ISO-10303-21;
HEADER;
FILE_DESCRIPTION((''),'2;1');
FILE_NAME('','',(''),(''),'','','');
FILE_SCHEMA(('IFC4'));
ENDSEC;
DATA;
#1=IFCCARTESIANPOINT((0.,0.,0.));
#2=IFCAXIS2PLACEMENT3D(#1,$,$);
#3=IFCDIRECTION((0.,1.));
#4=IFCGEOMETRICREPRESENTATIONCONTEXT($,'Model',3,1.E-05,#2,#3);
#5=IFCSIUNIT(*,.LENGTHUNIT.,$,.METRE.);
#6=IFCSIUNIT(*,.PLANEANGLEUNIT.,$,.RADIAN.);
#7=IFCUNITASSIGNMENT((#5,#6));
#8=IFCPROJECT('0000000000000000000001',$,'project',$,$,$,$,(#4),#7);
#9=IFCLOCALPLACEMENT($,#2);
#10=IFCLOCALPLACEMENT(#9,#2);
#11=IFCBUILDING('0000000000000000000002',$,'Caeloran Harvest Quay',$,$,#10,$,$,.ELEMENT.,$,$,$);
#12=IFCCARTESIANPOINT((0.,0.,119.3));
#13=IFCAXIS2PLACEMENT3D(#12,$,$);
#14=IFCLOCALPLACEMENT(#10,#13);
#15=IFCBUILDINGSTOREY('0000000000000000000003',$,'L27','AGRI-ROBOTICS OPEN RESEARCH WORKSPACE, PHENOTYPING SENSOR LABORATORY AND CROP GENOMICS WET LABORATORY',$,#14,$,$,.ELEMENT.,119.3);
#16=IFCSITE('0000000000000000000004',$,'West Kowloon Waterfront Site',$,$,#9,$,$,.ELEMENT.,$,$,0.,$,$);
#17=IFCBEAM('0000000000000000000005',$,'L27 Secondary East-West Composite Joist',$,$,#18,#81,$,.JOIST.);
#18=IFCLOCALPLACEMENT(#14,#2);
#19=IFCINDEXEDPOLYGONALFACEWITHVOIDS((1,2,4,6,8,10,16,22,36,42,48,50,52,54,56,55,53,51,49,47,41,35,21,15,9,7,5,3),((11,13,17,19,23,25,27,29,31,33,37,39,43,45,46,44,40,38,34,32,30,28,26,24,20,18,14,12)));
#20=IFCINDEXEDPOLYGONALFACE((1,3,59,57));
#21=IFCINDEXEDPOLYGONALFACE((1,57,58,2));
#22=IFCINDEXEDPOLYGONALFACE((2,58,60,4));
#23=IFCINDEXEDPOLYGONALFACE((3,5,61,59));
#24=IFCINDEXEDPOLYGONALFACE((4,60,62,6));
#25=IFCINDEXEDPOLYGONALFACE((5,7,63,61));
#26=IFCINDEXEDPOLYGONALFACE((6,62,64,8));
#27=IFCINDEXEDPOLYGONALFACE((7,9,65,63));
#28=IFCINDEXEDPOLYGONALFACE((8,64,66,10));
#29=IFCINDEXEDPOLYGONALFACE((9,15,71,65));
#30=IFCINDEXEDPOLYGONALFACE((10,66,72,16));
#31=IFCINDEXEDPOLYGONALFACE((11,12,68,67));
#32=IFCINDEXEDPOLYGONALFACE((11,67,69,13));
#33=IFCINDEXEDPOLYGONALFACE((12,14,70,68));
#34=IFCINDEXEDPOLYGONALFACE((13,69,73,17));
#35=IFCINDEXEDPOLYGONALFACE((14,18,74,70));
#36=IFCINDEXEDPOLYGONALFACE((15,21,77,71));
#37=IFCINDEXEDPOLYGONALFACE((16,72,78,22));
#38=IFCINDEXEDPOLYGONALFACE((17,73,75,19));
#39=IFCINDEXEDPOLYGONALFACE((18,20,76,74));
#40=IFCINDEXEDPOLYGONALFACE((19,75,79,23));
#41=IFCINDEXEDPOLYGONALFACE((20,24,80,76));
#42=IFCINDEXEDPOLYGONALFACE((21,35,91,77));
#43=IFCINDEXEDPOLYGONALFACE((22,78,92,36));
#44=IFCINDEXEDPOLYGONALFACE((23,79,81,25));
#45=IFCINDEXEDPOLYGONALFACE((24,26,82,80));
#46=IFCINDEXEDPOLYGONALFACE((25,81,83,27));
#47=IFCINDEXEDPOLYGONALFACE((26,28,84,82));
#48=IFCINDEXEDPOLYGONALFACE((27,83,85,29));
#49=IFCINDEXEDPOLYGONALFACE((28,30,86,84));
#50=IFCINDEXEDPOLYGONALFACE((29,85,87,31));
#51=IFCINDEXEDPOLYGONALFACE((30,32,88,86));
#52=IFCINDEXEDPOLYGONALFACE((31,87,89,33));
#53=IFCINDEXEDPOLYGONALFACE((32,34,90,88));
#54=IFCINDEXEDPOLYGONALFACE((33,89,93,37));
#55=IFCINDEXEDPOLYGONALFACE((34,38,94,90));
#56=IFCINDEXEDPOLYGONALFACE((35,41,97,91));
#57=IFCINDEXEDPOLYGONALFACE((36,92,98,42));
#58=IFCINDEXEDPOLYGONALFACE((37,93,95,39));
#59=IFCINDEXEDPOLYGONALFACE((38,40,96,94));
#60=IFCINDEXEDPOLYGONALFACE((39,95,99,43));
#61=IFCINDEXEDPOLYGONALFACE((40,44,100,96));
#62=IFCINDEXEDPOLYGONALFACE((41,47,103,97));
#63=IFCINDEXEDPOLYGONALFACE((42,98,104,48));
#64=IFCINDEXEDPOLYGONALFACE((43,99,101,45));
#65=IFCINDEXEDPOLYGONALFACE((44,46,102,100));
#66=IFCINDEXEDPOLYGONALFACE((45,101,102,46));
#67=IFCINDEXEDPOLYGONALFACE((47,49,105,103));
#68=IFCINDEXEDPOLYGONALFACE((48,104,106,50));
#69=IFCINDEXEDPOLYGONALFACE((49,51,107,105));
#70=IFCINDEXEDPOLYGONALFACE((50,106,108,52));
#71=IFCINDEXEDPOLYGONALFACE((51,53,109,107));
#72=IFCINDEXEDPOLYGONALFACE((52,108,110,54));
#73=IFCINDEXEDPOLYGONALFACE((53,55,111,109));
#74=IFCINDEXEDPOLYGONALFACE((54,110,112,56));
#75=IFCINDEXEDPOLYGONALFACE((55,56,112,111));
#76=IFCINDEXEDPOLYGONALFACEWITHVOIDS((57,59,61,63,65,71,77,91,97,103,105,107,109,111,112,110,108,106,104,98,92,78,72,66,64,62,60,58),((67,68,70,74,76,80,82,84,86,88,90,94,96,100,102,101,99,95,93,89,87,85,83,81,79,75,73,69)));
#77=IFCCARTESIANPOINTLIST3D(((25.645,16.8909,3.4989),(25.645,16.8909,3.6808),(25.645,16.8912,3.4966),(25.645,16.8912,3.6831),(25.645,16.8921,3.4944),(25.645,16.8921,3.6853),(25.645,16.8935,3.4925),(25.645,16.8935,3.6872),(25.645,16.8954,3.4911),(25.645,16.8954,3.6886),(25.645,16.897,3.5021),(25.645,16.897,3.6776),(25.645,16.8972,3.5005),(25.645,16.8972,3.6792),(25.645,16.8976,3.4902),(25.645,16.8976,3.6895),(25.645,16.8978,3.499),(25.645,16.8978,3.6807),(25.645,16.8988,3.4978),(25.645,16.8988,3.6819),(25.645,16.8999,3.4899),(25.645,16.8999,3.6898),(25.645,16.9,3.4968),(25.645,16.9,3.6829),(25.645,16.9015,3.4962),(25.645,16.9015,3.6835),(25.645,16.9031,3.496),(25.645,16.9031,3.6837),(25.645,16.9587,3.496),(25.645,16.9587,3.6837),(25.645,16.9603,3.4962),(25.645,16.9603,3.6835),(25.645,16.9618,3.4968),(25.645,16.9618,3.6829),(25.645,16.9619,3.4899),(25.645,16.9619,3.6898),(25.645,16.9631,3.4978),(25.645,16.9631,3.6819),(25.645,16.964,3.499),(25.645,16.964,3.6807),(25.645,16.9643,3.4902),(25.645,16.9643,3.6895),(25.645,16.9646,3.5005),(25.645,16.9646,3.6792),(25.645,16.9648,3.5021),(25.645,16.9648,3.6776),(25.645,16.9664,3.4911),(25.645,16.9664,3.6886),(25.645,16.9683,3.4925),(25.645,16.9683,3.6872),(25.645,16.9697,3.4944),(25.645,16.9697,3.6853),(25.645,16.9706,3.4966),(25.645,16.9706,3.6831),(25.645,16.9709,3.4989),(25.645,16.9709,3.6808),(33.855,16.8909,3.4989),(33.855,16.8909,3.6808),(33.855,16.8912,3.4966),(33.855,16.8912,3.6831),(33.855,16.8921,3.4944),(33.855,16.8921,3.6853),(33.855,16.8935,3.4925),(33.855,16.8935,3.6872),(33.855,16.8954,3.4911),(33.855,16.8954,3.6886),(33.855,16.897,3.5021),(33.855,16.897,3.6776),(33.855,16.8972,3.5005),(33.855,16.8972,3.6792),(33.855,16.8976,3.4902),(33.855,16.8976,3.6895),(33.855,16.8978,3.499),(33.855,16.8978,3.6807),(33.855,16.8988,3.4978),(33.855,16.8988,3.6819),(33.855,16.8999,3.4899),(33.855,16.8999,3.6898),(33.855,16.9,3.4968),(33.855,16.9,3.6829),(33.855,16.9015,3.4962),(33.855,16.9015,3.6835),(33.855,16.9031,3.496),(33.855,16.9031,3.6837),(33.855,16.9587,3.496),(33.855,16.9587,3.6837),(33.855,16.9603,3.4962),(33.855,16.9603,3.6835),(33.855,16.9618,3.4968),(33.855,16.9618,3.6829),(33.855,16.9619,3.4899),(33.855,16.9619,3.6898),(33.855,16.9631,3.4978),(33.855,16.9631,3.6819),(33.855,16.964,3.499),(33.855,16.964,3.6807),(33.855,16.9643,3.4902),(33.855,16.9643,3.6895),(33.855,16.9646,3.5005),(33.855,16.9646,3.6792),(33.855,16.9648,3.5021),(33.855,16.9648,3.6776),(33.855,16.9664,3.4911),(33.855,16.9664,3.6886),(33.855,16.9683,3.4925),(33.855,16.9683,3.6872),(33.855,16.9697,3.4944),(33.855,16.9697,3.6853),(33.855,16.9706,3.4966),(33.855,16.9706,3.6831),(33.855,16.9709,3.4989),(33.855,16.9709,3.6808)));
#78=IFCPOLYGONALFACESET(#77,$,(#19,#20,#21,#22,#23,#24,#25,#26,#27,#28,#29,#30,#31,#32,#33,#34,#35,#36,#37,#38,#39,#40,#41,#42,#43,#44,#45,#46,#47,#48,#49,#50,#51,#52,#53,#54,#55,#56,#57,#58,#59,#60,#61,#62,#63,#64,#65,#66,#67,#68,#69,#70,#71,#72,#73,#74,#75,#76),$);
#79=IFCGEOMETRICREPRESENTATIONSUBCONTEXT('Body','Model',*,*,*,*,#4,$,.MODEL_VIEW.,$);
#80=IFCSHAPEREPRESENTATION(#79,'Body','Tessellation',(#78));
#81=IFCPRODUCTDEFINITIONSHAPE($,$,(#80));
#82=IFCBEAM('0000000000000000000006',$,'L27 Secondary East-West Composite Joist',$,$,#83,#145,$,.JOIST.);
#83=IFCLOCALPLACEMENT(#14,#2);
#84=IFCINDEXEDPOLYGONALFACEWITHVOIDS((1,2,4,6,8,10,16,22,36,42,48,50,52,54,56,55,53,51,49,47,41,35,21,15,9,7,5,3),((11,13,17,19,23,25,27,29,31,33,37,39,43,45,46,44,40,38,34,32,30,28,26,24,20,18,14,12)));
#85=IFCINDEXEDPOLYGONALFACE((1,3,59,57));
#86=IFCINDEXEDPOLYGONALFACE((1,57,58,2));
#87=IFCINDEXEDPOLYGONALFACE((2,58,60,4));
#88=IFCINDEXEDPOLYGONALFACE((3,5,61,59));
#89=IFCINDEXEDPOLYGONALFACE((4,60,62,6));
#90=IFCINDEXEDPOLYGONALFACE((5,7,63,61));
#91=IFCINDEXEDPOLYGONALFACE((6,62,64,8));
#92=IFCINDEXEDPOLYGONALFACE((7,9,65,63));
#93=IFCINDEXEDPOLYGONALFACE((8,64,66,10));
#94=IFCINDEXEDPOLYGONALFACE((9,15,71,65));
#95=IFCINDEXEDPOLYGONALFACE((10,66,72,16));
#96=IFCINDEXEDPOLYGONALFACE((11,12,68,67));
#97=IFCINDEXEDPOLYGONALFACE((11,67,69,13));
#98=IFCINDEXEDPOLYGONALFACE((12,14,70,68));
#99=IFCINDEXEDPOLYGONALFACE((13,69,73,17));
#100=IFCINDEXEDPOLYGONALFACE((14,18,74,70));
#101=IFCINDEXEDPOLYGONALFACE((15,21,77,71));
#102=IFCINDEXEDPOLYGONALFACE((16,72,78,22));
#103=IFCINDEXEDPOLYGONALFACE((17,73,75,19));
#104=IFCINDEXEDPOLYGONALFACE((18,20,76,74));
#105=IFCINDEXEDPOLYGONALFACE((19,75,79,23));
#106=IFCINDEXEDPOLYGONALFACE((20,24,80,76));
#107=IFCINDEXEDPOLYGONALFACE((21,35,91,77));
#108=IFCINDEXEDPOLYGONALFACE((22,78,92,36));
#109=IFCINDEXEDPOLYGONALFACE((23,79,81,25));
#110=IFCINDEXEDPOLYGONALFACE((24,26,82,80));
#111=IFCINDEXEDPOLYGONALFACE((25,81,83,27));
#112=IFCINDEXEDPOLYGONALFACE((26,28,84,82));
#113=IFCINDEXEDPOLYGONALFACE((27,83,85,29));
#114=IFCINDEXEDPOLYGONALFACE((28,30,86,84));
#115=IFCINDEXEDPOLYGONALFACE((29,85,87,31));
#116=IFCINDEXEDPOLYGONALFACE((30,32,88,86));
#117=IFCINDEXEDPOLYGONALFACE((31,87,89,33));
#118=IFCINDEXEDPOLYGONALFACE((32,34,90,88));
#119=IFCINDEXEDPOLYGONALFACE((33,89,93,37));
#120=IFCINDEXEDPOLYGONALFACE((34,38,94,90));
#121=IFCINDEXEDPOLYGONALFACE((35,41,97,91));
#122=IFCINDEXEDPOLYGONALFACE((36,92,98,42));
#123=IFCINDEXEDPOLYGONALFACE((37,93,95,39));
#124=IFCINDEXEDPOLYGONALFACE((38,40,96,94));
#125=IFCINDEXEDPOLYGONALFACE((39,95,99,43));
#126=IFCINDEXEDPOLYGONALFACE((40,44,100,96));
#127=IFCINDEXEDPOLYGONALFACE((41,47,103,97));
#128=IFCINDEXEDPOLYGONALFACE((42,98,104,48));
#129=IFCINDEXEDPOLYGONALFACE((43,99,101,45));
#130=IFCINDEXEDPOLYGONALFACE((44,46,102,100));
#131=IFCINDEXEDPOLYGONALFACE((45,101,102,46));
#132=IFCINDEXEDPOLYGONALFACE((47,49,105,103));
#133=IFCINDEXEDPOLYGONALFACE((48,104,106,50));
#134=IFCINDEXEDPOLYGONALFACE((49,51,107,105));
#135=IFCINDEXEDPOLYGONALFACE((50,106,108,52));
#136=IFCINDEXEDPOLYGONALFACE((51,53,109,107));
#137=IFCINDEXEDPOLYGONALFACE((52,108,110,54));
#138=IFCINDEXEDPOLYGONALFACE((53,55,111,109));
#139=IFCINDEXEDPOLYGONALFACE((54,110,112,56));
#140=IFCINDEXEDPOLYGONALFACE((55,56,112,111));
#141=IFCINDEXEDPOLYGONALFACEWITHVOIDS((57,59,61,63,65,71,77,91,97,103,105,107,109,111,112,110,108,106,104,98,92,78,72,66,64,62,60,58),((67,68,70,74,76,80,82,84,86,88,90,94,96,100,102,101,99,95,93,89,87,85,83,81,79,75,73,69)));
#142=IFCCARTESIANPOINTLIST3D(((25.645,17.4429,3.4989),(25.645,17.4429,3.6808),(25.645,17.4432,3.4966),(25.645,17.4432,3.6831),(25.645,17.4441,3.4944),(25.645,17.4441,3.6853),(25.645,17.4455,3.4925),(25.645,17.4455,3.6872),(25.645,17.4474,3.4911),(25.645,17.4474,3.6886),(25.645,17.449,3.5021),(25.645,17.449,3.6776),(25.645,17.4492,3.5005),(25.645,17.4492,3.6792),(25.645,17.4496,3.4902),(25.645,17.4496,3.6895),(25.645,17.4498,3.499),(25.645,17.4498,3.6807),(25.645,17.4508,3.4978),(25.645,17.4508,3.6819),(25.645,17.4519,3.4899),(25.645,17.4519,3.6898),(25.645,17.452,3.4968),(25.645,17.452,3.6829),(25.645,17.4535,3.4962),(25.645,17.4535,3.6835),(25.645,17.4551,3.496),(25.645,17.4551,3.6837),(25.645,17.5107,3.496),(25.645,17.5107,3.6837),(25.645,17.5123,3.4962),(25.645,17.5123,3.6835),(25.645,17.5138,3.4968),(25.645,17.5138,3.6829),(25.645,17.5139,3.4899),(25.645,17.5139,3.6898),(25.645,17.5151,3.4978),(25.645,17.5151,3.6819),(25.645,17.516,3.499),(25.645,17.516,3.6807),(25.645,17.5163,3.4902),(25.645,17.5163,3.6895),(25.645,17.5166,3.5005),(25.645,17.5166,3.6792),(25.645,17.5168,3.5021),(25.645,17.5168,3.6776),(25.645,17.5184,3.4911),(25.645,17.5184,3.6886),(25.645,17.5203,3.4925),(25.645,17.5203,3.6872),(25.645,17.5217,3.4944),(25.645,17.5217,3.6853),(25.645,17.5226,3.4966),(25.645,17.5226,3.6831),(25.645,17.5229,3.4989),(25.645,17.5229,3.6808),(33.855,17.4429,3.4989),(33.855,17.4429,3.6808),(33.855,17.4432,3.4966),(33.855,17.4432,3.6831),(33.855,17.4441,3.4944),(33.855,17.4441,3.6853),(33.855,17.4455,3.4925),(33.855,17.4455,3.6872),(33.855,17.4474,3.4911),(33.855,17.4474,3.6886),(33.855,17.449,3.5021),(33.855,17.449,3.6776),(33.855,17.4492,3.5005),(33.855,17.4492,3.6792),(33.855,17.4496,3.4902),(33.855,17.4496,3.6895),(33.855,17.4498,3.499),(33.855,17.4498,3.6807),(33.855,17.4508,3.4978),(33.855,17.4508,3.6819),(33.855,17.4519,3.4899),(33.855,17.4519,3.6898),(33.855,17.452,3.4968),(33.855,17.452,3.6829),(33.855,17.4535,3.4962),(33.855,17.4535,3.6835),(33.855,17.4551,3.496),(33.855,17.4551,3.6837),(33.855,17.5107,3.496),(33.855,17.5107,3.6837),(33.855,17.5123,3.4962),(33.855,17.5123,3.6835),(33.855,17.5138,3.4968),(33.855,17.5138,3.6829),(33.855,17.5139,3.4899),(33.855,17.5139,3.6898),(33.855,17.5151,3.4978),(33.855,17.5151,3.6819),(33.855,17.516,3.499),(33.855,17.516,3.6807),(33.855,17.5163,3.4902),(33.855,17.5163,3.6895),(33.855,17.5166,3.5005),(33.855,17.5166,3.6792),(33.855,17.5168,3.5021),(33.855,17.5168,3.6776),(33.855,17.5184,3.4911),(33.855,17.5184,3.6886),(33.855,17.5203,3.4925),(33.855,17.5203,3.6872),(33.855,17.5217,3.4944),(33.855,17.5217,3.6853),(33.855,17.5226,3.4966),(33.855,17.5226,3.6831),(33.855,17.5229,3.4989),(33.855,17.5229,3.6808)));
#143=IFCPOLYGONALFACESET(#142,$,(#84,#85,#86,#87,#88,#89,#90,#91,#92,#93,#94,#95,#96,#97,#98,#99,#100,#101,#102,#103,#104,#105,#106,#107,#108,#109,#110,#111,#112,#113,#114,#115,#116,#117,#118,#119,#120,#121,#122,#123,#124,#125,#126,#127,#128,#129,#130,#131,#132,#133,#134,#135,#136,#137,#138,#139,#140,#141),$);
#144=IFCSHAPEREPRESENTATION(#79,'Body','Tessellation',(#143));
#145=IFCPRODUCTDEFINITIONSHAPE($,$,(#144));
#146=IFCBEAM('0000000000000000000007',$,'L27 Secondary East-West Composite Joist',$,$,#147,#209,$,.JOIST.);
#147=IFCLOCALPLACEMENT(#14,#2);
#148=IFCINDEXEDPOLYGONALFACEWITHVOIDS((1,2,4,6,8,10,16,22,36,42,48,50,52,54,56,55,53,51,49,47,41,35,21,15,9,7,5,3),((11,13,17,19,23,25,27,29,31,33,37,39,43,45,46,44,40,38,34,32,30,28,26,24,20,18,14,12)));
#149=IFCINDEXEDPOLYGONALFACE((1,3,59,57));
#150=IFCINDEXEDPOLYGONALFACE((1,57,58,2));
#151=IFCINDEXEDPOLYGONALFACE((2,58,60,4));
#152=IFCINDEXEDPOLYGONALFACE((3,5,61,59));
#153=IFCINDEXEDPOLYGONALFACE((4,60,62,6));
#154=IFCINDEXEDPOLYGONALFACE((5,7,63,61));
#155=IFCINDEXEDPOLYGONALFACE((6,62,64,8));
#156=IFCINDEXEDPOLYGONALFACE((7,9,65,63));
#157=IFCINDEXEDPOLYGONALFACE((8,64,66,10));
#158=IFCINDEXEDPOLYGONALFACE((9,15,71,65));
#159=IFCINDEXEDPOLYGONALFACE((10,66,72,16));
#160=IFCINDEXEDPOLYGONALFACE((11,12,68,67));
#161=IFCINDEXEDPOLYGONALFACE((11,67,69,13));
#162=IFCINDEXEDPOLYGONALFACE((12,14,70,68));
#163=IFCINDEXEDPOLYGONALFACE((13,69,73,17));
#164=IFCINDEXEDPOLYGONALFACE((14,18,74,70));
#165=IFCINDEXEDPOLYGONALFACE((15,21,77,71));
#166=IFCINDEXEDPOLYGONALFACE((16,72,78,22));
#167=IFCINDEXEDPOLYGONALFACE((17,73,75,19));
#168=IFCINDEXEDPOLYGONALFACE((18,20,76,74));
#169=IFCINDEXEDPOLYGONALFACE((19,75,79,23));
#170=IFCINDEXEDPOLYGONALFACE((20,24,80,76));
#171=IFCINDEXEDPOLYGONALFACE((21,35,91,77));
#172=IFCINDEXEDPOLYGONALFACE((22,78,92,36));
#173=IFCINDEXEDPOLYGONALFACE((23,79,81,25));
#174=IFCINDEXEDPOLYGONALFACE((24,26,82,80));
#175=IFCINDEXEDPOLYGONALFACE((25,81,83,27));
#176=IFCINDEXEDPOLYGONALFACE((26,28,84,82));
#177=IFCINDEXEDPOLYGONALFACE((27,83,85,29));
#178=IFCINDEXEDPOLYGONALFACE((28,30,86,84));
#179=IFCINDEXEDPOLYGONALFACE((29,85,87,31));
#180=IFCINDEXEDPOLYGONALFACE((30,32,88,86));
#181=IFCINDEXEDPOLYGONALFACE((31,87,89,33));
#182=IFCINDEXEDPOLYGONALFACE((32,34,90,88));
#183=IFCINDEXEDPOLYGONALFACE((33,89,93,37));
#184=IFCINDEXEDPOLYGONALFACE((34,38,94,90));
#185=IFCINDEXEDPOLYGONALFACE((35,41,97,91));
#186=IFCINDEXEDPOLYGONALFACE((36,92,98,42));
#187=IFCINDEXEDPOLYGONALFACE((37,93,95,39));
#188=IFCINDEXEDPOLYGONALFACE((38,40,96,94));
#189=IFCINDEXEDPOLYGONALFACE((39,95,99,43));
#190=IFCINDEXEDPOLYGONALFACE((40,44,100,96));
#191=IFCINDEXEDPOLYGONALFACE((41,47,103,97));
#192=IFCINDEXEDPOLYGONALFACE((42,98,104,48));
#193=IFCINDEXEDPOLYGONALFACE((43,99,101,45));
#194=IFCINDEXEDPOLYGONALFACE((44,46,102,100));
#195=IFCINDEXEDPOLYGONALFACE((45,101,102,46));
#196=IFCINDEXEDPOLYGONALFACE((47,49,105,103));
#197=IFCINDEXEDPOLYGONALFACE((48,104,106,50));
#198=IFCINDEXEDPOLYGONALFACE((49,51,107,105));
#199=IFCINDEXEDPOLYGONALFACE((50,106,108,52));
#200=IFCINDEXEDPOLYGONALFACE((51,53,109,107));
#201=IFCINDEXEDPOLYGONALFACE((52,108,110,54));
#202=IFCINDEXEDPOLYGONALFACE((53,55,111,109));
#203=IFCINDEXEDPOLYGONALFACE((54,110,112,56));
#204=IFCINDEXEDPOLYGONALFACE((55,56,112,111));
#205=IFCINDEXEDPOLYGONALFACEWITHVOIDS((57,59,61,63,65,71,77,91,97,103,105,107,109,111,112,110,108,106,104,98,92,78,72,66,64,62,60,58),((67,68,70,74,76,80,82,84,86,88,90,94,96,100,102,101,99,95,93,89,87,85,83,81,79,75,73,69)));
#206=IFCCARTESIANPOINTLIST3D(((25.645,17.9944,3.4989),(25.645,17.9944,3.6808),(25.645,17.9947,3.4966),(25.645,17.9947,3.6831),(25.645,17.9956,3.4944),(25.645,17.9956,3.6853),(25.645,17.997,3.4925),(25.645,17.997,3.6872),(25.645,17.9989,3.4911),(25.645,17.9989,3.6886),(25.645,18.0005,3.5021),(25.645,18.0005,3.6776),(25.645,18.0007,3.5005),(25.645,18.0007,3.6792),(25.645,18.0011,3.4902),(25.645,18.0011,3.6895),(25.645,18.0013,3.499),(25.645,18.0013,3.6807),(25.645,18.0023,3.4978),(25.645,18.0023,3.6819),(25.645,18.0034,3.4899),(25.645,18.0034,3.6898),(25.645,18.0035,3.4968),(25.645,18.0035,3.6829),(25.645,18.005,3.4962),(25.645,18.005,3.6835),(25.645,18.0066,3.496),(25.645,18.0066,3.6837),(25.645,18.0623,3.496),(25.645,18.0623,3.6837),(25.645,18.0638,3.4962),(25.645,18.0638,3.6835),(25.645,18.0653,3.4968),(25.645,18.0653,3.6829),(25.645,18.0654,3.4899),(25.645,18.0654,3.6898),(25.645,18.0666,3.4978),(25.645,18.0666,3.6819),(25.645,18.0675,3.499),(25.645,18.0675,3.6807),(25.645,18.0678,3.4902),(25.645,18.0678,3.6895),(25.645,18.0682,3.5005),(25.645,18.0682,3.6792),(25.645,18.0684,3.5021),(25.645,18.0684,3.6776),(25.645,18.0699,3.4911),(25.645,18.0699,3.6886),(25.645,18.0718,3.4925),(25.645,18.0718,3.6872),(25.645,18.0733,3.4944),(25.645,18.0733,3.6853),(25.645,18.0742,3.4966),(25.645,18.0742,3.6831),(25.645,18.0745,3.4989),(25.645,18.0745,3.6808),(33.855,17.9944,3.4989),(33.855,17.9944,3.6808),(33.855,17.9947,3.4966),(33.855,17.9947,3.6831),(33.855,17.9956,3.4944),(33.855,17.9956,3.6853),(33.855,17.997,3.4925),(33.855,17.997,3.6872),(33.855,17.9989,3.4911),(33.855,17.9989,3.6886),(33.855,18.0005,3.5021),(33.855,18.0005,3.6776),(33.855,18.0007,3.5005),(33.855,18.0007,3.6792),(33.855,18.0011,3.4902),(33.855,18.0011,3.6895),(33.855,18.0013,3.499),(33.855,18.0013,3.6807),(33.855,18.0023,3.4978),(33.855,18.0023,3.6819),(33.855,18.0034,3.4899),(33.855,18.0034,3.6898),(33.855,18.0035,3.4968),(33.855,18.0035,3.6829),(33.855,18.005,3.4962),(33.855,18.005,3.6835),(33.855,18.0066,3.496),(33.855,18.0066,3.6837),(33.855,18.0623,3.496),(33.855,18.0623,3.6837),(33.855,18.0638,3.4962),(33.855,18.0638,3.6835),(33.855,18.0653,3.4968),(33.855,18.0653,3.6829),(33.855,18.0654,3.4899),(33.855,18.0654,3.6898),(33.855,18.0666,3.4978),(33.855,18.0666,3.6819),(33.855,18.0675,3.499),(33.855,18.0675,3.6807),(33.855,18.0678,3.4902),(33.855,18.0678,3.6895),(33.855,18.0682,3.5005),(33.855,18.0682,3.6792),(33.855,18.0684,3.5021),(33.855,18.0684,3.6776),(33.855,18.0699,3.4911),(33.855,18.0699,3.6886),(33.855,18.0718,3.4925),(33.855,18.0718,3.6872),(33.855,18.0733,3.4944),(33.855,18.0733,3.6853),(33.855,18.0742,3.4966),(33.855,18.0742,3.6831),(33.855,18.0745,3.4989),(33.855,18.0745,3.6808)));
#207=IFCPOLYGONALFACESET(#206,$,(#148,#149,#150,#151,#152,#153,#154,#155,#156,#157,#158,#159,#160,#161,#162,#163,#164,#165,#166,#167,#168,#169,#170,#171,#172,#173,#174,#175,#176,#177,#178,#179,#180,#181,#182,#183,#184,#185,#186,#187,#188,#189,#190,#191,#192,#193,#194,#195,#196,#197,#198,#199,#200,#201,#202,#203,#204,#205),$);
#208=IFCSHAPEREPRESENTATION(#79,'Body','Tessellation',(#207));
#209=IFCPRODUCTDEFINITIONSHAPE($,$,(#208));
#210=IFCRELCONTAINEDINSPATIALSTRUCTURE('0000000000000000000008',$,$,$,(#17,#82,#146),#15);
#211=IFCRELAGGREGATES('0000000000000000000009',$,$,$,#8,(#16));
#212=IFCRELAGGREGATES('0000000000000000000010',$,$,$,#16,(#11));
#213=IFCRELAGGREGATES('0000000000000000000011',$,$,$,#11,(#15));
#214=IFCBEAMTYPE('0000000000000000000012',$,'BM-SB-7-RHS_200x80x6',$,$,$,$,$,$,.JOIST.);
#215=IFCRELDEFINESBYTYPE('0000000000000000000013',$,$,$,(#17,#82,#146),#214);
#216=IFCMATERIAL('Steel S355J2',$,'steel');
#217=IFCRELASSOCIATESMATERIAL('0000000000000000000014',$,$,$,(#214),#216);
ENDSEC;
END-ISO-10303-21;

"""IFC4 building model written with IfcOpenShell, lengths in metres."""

from ifc_helpers import new_model, si_unit, direction, frame, origin, origin_2d, place, context, subcontext, project, spatial, hollow_rectangle, extrude, material, material_profile, profile_set, type_object, element, save


model = new_model("IFC4")

# Units and contexts
model_context = context("Model", 3, precision=1e-05, world=origin(), true_north=direction((0.0, 1.0)))
body_context = subcontext(model_context, "Body", "Model", "MODEL_VIEW")
ifc_project = project(units=[si_unit("LENGTHUNIT", "METRE"), si_unit("PLANEANGLEUNIT", "RADIAN")], contexts=[model_context])

# Site, building, storey
site_placement = place(None, origin())
site = spatial("IfcSite", under=ifc_project, at=site_placement, Name="West Kowloon Waterfront Site", CompositionType="ELEMENT", RefElevation=0.0)
building_placement = place(site_placement, origin())
building = spatial("IfcBuilding", under=site, at=building_placement, Name="Caeloran Harvest Quay", CompositionType="ELEMENT")
storey_placement = place(building_placement, frame((0.0, 0.0, 119.3)))
storey = spatial("IfcBuildingStorey", under=building, at=storey_placement, Name="L27", Description="AGRI-ROBOTICS OPEN RESEARCH WORKSPACE, PHENOTYPING SENSOR LABORATORY AND CROP GENOMICS WET LABORATORY", CompositionType="ELEMENT", Elevation=119.3)

# Beams
ifc_material_1 = material(Name="Steel S355J2", Category="steel")
ifc_material_profile_1 = material_profile(ifc_material_1, hollow_rectangle(XDim=0.0801, YDim=0.2, WallThickness=0.0061, InnerFilletRadius=0.0061, OuterFilletRadius=0.009, at=origin_2d()), Name="RHS 200x80x6")
ifc_profile_set_1 = profile_set([ifc_material_profile_1], Name="Steel S355J2")
beam_type_1 = type_object("IfcBeamType", Name="BM-SB-7-RHS_200x80x6", PredefinedType="JOIST", material=ifc_profile_set_1)
for number, where, z_axis, x_axis, name in (
    (1, (25.645, 16.9309, 3.5898), (1.0, 0.0, 0.0), (0.0, 1.0, 0.0), "L27 Secondary East-West Composite Joist"),
    (2, (25.645, 17.4829, 3.5898), (1.0, 0.0, 0.0), (0.0, 1.0, 0.0), "L27 Secondary East-West Composite Joist"),
    (3, (25.645, 18.0344, 3.5898), (1.0, 0.0, 0.0), (0.0, 1.0, 0.0), "L27 Secondary East-West Composite Joist"),
):
    element("IfcBeam", number, at=place(storey_placement, frame(where, z_axis=z_axis, x_axis=x_axis)), inside=storey, type_object=beam_type_1, Name=name, PredefinedType="JOIST", context=body_context, shape_type="SweptSolid", body=[
        extrude(hollow_rectangle(XDim=0.0801, YDim=0.2, WallThickness=0.0061, InnerFilletRadius=0.0061, OuterFilletRadius=0.009, at=origin_2d()), origin(), (0.0, 0.0, 1.0), 8.21),
    ])

save(model, "model.ifc")
